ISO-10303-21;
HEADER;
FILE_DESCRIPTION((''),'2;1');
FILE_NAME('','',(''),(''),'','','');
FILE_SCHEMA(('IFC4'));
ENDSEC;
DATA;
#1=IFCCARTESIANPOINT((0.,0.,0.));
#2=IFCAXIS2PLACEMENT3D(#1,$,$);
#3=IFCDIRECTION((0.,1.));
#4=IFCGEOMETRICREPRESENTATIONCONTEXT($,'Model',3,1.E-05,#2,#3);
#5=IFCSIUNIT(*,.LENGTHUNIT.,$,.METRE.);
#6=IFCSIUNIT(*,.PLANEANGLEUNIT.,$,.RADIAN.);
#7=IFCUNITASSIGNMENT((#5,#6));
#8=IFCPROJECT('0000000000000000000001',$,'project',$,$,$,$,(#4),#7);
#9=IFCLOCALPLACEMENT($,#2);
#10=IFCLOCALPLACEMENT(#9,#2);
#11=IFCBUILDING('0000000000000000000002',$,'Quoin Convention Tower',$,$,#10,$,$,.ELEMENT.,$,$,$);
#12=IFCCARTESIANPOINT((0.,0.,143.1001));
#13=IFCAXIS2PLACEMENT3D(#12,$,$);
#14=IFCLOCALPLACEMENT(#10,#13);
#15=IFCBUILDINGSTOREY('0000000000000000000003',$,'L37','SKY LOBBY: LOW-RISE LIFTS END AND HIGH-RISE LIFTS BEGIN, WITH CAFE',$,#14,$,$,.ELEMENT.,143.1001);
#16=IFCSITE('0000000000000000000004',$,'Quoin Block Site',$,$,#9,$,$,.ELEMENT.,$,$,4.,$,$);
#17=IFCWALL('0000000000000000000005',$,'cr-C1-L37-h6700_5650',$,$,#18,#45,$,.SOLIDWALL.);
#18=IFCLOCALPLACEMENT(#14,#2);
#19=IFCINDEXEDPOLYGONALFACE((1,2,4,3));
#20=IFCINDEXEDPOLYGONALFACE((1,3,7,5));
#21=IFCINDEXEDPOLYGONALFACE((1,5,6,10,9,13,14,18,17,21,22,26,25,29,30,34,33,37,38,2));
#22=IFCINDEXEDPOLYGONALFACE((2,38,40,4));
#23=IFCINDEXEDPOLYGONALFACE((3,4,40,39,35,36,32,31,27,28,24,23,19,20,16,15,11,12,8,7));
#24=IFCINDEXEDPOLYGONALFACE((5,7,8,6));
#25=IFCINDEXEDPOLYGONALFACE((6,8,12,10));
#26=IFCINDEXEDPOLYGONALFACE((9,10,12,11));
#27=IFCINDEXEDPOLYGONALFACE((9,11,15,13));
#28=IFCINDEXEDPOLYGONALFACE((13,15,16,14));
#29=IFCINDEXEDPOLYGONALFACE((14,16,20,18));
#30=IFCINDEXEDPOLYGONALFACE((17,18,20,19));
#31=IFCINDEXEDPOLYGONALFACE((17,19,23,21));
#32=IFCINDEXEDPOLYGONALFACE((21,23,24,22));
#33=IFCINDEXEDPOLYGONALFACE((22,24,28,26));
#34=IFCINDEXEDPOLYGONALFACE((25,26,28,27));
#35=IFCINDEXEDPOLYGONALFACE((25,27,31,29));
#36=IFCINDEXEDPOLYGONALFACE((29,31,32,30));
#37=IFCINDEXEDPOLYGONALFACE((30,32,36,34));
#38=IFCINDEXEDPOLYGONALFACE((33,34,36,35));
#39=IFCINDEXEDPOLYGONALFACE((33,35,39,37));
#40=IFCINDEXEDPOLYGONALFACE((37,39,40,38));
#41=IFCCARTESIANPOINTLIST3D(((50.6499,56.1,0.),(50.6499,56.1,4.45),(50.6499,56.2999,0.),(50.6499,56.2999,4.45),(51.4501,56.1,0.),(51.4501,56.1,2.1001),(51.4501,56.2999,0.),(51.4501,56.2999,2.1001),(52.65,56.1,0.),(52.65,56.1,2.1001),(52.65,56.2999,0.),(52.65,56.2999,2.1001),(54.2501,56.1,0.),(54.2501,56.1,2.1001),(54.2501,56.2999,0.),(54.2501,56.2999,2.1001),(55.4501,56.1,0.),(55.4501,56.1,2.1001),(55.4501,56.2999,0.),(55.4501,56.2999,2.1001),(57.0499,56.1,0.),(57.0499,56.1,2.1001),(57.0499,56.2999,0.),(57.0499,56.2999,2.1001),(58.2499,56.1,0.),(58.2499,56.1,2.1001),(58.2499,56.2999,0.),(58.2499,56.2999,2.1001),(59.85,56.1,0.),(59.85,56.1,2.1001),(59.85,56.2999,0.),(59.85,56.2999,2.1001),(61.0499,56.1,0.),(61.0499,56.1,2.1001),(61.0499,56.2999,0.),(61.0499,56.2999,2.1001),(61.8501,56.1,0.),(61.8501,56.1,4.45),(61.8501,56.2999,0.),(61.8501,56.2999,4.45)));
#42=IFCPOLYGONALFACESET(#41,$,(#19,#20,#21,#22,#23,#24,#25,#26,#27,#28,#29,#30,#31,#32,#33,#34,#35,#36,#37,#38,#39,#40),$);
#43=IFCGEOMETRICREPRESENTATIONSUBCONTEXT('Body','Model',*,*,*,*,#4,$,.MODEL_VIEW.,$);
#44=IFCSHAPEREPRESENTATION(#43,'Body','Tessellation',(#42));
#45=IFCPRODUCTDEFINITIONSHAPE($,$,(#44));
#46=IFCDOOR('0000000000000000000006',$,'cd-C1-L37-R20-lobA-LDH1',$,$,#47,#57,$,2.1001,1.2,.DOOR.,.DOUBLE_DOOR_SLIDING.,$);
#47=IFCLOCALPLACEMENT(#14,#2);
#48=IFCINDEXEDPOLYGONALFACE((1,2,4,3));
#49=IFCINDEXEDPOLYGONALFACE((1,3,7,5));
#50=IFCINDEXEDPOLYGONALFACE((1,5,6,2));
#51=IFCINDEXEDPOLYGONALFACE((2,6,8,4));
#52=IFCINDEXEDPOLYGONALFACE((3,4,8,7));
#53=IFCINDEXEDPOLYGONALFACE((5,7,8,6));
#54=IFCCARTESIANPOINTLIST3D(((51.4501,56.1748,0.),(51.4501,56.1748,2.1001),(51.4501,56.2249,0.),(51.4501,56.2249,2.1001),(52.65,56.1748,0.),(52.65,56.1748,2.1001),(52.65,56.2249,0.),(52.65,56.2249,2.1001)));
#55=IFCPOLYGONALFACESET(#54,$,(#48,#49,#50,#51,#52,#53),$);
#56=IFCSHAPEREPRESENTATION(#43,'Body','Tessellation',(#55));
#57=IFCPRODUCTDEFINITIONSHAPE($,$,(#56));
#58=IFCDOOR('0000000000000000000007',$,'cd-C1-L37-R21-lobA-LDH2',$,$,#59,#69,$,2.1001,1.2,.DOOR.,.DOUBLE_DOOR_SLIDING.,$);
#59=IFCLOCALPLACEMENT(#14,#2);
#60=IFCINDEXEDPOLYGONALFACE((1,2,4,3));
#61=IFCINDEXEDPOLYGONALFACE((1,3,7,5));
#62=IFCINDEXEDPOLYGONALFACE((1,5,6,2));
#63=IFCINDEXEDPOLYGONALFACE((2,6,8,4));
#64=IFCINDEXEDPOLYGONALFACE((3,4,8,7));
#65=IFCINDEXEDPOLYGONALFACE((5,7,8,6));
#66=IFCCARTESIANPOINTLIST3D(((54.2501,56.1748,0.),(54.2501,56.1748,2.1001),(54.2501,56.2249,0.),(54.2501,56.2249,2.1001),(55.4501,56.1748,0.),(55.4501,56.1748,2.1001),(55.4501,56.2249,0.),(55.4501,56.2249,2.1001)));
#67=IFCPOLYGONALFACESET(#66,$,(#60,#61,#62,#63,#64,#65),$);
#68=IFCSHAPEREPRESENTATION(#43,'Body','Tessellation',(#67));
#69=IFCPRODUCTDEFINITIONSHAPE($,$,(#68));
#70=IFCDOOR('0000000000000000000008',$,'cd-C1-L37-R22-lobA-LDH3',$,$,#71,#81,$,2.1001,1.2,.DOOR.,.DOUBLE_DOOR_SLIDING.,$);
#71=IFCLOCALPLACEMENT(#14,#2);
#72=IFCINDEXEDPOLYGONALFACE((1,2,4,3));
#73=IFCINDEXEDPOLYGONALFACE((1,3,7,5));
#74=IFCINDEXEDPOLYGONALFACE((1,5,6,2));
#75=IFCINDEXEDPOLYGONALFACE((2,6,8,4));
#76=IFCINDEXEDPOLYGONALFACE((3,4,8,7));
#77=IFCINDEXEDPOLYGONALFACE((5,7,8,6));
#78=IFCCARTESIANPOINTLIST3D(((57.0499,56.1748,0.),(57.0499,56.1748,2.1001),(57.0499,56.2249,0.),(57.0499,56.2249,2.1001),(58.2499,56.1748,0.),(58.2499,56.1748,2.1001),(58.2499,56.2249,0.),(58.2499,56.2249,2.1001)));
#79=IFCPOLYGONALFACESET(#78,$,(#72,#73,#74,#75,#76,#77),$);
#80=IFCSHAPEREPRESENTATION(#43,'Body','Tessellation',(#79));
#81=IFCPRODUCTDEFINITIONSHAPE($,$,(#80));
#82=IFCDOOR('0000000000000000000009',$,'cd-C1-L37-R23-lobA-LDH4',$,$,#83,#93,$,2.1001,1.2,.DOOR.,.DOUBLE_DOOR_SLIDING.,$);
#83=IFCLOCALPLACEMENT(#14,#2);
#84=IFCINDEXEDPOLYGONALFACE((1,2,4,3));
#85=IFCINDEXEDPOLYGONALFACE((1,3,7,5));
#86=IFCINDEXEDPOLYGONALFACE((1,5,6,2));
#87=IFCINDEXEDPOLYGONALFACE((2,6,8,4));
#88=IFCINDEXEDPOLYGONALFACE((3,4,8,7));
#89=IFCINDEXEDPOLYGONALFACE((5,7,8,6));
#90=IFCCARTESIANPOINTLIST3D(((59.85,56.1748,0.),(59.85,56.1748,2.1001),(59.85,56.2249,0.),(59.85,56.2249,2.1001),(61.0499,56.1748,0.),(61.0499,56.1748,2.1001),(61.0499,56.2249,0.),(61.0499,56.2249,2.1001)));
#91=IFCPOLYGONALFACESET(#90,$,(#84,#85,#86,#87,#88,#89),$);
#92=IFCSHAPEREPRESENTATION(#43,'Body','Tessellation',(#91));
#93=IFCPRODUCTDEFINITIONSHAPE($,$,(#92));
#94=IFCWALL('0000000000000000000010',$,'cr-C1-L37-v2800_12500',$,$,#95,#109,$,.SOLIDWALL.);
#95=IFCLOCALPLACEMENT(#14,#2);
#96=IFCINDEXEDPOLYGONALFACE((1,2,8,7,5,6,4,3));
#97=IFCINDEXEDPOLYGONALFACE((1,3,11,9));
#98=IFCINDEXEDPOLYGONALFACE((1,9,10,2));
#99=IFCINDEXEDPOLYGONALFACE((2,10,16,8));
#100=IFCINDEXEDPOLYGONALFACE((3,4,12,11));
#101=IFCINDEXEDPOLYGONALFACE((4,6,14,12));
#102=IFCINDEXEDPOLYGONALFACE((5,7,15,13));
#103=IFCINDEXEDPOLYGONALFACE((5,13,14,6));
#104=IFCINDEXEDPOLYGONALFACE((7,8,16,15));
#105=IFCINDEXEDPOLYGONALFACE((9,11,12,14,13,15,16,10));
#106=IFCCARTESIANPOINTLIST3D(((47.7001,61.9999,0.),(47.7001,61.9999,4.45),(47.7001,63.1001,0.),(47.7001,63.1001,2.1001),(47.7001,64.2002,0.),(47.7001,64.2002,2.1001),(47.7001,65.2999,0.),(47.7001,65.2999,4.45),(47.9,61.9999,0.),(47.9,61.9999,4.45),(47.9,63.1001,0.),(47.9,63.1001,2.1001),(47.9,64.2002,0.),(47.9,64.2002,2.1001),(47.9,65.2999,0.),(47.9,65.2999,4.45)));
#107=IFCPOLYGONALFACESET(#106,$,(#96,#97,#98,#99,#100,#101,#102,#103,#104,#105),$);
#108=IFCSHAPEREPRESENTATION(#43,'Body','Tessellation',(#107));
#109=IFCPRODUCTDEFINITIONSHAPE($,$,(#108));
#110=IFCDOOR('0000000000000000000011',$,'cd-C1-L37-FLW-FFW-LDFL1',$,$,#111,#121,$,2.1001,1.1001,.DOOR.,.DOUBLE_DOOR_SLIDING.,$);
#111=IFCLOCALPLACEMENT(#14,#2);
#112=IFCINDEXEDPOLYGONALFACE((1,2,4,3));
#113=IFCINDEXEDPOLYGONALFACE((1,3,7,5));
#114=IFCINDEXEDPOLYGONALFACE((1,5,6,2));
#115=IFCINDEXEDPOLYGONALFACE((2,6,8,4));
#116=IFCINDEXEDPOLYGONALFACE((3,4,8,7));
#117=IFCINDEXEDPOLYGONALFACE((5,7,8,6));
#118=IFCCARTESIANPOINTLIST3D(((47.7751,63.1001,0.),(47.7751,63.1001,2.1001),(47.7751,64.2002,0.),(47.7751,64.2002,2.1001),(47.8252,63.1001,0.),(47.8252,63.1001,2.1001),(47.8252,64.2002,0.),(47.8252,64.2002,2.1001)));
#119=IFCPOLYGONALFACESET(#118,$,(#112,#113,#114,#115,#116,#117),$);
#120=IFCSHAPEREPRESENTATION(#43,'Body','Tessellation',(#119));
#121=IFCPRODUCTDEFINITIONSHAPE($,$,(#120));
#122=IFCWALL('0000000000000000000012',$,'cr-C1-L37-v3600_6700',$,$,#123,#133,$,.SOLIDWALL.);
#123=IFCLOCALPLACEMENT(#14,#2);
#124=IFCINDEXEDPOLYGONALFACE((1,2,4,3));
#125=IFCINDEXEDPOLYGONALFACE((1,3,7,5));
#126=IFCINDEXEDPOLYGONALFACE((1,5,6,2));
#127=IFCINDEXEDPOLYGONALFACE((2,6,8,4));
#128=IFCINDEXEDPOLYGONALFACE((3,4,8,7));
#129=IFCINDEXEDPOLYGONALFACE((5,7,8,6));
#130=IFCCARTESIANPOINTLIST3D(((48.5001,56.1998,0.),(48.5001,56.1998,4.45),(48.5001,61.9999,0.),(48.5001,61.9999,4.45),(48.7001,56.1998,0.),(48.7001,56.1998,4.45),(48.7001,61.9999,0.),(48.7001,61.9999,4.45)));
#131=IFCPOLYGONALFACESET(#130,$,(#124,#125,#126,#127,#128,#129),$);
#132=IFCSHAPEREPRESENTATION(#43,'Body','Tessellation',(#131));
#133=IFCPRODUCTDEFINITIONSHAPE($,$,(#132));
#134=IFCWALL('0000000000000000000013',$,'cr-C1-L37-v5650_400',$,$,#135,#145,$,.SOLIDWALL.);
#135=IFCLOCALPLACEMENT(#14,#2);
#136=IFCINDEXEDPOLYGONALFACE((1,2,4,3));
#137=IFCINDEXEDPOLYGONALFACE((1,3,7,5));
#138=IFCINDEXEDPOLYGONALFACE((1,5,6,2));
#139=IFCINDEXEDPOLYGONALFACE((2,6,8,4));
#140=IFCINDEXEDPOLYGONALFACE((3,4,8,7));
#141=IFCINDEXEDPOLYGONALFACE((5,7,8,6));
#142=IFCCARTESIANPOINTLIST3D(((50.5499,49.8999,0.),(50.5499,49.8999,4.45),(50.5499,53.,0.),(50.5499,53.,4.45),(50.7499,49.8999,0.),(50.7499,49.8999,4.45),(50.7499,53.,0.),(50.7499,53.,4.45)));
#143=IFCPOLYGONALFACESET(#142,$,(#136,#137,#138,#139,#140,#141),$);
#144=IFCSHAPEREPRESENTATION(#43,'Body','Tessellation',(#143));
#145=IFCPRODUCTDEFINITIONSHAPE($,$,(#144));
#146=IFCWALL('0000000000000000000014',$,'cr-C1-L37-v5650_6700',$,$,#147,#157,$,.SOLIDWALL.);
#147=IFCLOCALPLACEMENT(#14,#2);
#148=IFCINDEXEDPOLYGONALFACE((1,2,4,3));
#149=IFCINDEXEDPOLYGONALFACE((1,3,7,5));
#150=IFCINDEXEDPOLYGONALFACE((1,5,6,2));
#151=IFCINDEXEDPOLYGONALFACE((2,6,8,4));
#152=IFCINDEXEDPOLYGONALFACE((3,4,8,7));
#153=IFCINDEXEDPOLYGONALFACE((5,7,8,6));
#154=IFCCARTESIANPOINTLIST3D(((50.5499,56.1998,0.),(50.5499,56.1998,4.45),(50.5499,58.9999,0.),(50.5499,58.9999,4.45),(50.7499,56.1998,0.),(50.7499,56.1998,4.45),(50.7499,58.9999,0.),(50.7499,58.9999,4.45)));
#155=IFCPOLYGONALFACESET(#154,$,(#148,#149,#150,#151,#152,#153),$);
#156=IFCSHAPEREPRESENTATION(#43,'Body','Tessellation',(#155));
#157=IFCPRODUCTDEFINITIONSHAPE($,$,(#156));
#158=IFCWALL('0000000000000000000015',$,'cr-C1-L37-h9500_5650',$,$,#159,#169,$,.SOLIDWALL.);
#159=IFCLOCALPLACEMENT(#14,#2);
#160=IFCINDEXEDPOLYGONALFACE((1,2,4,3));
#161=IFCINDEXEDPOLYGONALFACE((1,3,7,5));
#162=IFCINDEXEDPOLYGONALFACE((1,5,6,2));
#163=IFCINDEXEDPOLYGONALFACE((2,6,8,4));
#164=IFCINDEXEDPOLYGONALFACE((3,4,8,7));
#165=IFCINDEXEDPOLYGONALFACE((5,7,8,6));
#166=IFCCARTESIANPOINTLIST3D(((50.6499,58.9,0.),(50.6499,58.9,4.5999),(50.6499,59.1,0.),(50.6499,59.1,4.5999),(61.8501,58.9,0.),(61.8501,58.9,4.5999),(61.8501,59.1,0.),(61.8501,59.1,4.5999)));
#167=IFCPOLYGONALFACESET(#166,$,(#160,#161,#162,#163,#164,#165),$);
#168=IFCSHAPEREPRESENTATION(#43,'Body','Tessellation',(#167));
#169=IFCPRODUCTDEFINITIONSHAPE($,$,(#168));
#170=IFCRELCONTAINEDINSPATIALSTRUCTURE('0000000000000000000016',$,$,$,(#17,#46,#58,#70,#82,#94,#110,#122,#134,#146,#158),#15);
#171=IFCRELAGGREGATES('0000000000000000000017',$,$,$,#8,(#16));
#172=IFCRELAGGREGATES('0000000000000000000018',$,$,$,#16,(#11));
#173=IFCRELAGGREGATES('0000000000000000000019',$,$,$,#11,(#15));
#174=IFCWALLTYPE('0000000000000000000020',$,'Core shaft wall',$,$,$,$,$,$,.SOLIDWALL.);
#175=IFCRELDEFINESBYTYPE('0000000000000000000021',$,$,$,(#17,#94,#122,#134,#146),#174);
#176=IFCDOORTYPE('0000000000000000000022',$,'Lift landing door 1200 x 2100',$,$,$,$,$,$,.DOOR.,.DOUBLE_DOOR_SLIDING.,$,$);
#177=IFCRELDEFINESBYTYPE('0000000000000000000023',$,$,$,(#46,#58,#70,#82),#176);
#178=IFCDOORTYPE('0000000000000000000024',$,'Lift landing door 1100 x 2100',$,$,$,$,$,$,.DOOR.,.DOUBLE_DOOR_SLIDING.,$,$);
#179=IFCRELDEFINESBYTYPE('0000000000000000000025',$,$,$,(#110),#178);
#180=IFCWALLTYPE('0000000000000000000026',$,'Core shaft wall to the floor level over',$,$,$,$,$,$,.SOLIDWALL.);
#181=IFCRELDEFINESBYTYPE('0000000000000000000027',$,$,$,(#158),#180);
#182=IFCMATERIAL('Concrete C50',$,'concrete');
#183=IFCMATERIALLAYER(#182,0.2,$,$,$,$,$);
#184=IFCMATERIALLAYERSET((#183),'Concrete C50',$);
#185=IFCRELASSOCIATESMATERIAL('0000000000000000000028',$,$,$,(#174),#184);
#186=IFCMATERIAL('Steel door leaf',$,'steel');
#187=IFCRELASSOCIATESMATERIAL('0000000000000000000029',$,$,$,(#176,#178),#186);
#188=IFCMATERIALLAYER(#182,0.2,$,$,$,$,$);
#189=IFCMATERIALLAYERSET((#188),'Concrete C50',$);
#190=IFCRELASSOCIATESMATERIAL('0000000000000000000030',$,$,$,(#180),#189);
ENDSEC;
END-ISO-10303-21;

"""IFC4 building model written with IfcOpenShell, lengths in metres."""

from ifc_helpers import new_model, si_unit, direction, frame, frame_2d, origin, place, context, subcontext, project, spatial, rectangle, extrude, material, layer, layer_set, type_object, element, fill, save


model = new_model("IFC4")

# Units and contexts
model_context = context("Model", 3, precision=1e-05, world=origin(), true_north=direction((0.0, 1.0)))
body_context = subcontext(model_context, "Body", "Model", "MODEL_VIEW")
ifc_project = project(units=[si_unit("LENGTHUNIT", "METRE"), si_unit("PLANEANGLEUNIT", "RADIAN")], contexts=[model_context])

# Site, building, storey
site_placement = place(None, origin())
site = spatial("IfcSite", under=ifc_project, at=site_placement, Name="Quoin Block Site", CompositionType="ELEMENT", RefElevation=4.0)
building_placement = place(site_placement, origin())
building = spatial("IfcBuilding", under=site, at=building_placement, Name="Quoin Convention Tower", CompositionType="ELEMENT")
storey_placement = place(building_placement, frame((0.0, 0.0, 143.1001)))
storey = spatial("IfcBuildingStorey", under=building, at=storey_placement, Name="L37", Description="SKY LOBBY: LOW-RISE LIFTS END AND HIGH-RISE LIFTS BEGIN, WITH CAFE", CompositionType="ELEMENT", Elevation=143.1001)

# Shared definitions
ifc_material_1 = material(Name="Concrete C50", Category="concrete")
ifc_layer_1 = layer(ifc_material_1, 0.2)
ifc_layer_set_1 = layer_set([ifc_layer_1], Name="Concrete C50")
wall_type_1 = type_object("IfcWallType", Name="Core shaft wall", PredefinedType="SOLIDWALL", material=ifc_layer_set_1)
ifc_material_2 = material(Name="Steel door leaf", Category="steel")
door_type_1 = type_object("IfcDoorType", Name="Lift landing door 1200 x 2100", OperationType="DOUBLE_DOOR_SLIDING", PredefinedType="DOOR", material=ifc_material_2)

# Wall, openings, doors
wall_1_placement = place(storey_placement, frame((50.6499, 56.2, 0.0), z_axis=(0.0, 0.0, 1.0), x_axis=(1.0, 0.0, 0.0)))
wall_1 = element("IfcWall", 1, at=wall_1_placement, inside=storey, type_object=wall_type_1, Name="cr-C1-L37-h6700_5650", PredefinedType="SOLIDWALL", context=body_context, shape_type="SweptSolid", body=[
    extrude(rectangle(XDim=11.2002, YDim=0.2, at=frame_2d((5.6001, 0.0))), origin(), (0.0, 0.0, 1.0), 4.45),
])
opening_1_placement = place(wall_1_placement, frame((0.8, 0.0, 0.0)))
opening_1 = element("IfcOpeningElement", 2, at=opening_1_placement, cuts=wall_1, PredefinedType="OPENING", context=body_context, shape_type="SweptSolid", body=[
    extrude(rectangle(XDim=1.2, YDim=2.1001, at=frame_2d((0.6001, 1.05))), frame((0.0, 0.1099, 0.0), z_axis=(0.0, -1.0, 0.0), x_axis=(1.0, 0.0, 0.0)), (0.0, 0.0, 1.0), 0.22),
])
opening_2_placement = place(wall_1_placement, frame((3.6001, 0.0, 0.0)))
opening_2 = element("IfcOpeningElement", 3, at=opening_2_placement, cuts=wall_1, PredefinedType="OPENING", context=body_context, shape_type="SweptSolid", body=[
    extrude(rectangle(XDim=1.2, YDim=2.1001, at=frame_2d((0.6001, 1.05))), frame((0.0, 0.1099, 0.0), z_axis=(0.0, -1.0, 0.0), x_axis=(1.0, 0.0, 0.0)), (0.0, 0.0, 1.0), 0.22),
])
opening_3_placement = place(wall_1_placement, frame((6.3999, 0.0, 0.0)))
opening_3 = element("IfcOpeningElement", 4, at=opening_3_placement, cuts=wall_1, PredefinedType="OPENING", context=body_context, shape_type="SweptSolid", body=[
    extrude(rectangle(XDim=1.2, YDim=2.1001, at=frame_2d((0.6001, 1.05))), frame((0.0, 0.1099, 0.0), z_axis=(0.0, -1.0, 0.0), x_axis=(1.0, 0.0, 0.0)), (0.0, 0.0, 1.0), 0.22),
])
opening_4_placement = place(wall_1_placement, frame((9.2, 0.0, 0.0)))
opening_4 = element("IfcOpeningElement", 5, at=opening_4_placement, cuts=wall_1, PredefinedType="OPENING", context=body_context, shape_type="SweptSolid", body=[
    extrude(rectangle(XDim=1.2, YDim=2.1001, at=frame_2d((0.6001, 1.05))), frame((0.0, 0.1099, 0.0), z_axis=(0.0, -1.0, 0.0), x_axis=(1.0, 0.0, 0.0)), (0.0, 0.0, 1.0), 0.22),
])
door_1_placement = place(opening_1_placement, origin())
door_1 = element("IfcDoor", 6, at=door_1_placement, inside=storey, type_object=door_type_1, Name="cd-C1-L37-R20-lobA-LDH1", OperationType="DOUBLE_DOOR_SLIDING", OverallHeight=2.1001, OverallWidth=1.2, PredefinedType="DOOR", context=body_context, shape_type="SweptSolid", body=[
    extrude(rectangle(XDim=1.2, YDim=2.1001, at=frame_2d((0.6001, 1.05))), frame((0.0, 0.0249, 0.0), z_axis=(0.0, -1.0, 0.0), x_axis=(1.0, 0.0, 0.0)), (0.0, 0.0, 1.0), 0.05),
])
fill(opening_1, door_1)
door_2_placement = place(opening_2_placement, origin())
door_2 = element("IfcDoor", 7, at=door_2_placement, inside=storey, type_object=door_type_1, Name="cd-C1-L37-R21-lobA-LDH2", OperationType="DOUBLE_DOOR_SLIDING", OverallHeight=2.1001, OverallWidth=1.2, PredefinedType="DOOR", context=body_context, shape_type="SweptSolid", body=[
    extrude(rectangle(XDim=1.2, YDim=2.1001, at=frame_2d((0.6001, 1.05))), frame((0.0, 0.0249, 0.0), z_axis=(0.0, -1.0, 0.0), x_axis=(1.0, 0.0, 0.0)), (0.0, 0.0, 1.0), 0.05),
])
fill(opening_2, door_2)
door_3_placement = place(opening_3_placement, origin())
door_3 = element("IfcDoor", 8, at=door_3_placement, inside=storey, type_object=door_type_1, Name="cd-C1-L37-R22-lobA-LDH3", OperationType="DOUBLE_DOOR_SLIDING", OverallHeight=2.1001, OverallWidth=1.2, PredefinedType="DOOR", context=body_context, shape_type="SweptSolid", body=[
    extrude(rectangle(XDim=1.2, YDim=2.1001, at=frame_2d((0.6001, 1.05))), frame((0.0, 0.0249, 0.0), z_axis=(0.0, -1.0, 0.0), x_axis=(1.0, 0.0, 0.0)), (0.0, 0.0, 1.0), 0.05),
])
fill(opening_3, door_3)
door_4_placement = place(opening_4_placement, origin())
door_4 = element("IfcDoor", 9, at=door_4_placement, inside=storey, type_object=door_type_1, Name="cd-C1-L37-R23-lobA-LDH4", OperationType="DOUBLE_DOOR_SLIDING", OverallHeight=2.1001, OverallWidth=1.2, PredefinedType="DOOR", context=body_context, shape_type="SweptSolid", body=[
    extrude(rectangle(XDim=1.2, YDim=2.1001, at=frame_2d((0.6001, 1.05))), frame((0.0, 0.0249, 0.0), z_axis=(0.0, -1.0, 0.0), x_axis=(1.0, 0.0, 0.0)), (0.0, 0.0, 1.0), 0.05),
])
fill(opening_4, door_4)

# Wall, opening, door
wall_2_placement = place(storey_placement, frame((47.8, 62.0, 0.0), z_axis=(0.0, 0.0, 1.0), x_axis=(0.0, 1.0, 0.0)))
wall_2 = element("IfcWall", 10, at=wall_2_placement, inside=storey, type_object=wall_type_1, Name="cr-C1-L37-v2800_12500", PredefinedType="SOLIDWALL", context=body_context, shape_type="SweptSolid", body=[
    extrude(rectangle(XDim=3.3, YDim=0.2, at=frame_2d((1.6499, 0.0))), origin(), (0.0, 0.0, 1.0), 4.45),
])
opening_5_placement = place(wall_2_placement, frame((1.1001, 0.0, 0.0)))
opening_5 = element("IfcOpeningElement", 11, at=opening_5_placement, cuts=wall_2, PredefinedType="OPENING", context=body_context, shape_type="SweptSolid", body=[
    extrude(rectangle(XDim=1.1001, YDim=2.1001, at=frame_2d((0.55, 1.05))), frame((0.0, 0.1099, 0.0), z_axis=(0.0, -1.0, 0.0), x_axis=(1.0, 0.0, 0.0)), (0.0, 0.0, 1.0), 0.22),
])
door_type_2 = type_object("IfcDoorType", Name="Lift landing door 1100 x 2100", OperationType="DOUBLE_DOOR_SLIDING", PredefinedType="DOOR", material=ifc_material_2)
door_5_placement = place(opening_5_placement, origin())
door_5 = element("IfcDoor", 12, at=door_5_placement, inside=storey, type_object=door_type_2, Name="cd-C1-L37-FLW-FFW-LDFL1", OperationType="DOUBLE_DOOR_SLIDING", OverallHeight=2.1001, OverallWidth=1.1001, PredefinedType="DOOR", context=body_context, shape_type="SweptSolid", body=[
    extrude(rectangle(XDim=1.1001, YDim=2.1001, at=frame_2d((0.55, 1.05))), frame((0.0, 0.0249, 0.0), z_axis=(0.0, -1.0, 0.0), x_axis=(1.0, 0.0, 0.0)), (0.0, 0.0, 1.0), 0.05),
])
fill(opening_5, door_5)

# Walls
wall_3_placement = place(storey_placement, frame((48.6001, 56.2, 0.0), z_axis=(0.0, 0.0, 1.0), x_axis=(0.0, 1.0, 0.0)))
element("IfcWall", 13, at=wall_3_placement, inside=storey, type_object=wall_type_1, Name="cr-C1-L37-v3600_6700", PredefinedType="SOLIDWALL", context=body_context, shape_type="SweptSolid", body=[
    extrude(rectangle(XDim=5.8, YDim=0.2, at=frame_2d((2.8999, 0.0))), origin(), (0.0, 0.0, 1.0), 4.45),
])
wall_4_placement = place(storey_placement, frame((50.6499, 49.8999, 0.0), z_axis=(0.0, 0.0, 1.0), x_axis=(0.0, 1.0, 0.0)))
element("IfcWall", 14, at=wall_4_placement, inside=storey, type_object=wall_type_1, Name="cr-C1-L37-v5650_400", PredefinedType="SOLIDWALL", context=body_context, shape_type="SweptSolid", body=[
    extrude(rectangle(XDim=3.1001, YDim=0.2, at=frame_2d((1.55, 0.0))), origin(), (0.0, 0.0, 1.0), 4.45),
])
wall_5_placement = place(storey_placement, frame((50.6499, 56.2, 0.0), z_axis=(0.0, 0.0, 1.0), x_axis=(0.0, 1.0, 0.0)))
element("IfcWall", 15, at=wall_5_placement, inside=storey, type_object=wall_type_1, Name="cr-C1-L37-v5650_6700", PredefinedType="SOLIDWALL", context=body_context, shape_type="SweptSolid", body=[
    extrude(rectangle(XDim=2.8, YDim=0.2, at=frame_2d((1.3999, 0.0))), origin(), (0.0, 0.0, 1.0), 4.45),
])
ifc_layer_2 = layer(ifc_material_1, 0.2)
ifc_layer_set_2 = layer_set([ifc_layer_2], Name="Concrete C50")
wall_type_2 = type_object("IfcWallType", Name="Core shaft wall to the floor level over", PredefinedType="SOLIDWALL", material=ifc_layer_set_2)
wall_6_placement = place(storey_placement, frame((50.6499, 59.0, 0.0), z_axis=(0.0, 0.0, 1.0), x_axis=(1.0, 0.0, 0.0)))
element("IfcWall", 16, at=wall_6_placement, inside=storey, type_object=wall_type_2, Name="cr-C1-L37-h9500_5650", PredefinedType="SOLIDWALL", context=body_context, shape_type="SweptSolid", body=[
    extrude(rectangle(XDim=11.2002, YDim=0.2, at=frame_2d((5.6001, 0.0))), origin(), (0.0, 0.0, 1.0), 4.5999),
])

save(model, "model.ifc")
